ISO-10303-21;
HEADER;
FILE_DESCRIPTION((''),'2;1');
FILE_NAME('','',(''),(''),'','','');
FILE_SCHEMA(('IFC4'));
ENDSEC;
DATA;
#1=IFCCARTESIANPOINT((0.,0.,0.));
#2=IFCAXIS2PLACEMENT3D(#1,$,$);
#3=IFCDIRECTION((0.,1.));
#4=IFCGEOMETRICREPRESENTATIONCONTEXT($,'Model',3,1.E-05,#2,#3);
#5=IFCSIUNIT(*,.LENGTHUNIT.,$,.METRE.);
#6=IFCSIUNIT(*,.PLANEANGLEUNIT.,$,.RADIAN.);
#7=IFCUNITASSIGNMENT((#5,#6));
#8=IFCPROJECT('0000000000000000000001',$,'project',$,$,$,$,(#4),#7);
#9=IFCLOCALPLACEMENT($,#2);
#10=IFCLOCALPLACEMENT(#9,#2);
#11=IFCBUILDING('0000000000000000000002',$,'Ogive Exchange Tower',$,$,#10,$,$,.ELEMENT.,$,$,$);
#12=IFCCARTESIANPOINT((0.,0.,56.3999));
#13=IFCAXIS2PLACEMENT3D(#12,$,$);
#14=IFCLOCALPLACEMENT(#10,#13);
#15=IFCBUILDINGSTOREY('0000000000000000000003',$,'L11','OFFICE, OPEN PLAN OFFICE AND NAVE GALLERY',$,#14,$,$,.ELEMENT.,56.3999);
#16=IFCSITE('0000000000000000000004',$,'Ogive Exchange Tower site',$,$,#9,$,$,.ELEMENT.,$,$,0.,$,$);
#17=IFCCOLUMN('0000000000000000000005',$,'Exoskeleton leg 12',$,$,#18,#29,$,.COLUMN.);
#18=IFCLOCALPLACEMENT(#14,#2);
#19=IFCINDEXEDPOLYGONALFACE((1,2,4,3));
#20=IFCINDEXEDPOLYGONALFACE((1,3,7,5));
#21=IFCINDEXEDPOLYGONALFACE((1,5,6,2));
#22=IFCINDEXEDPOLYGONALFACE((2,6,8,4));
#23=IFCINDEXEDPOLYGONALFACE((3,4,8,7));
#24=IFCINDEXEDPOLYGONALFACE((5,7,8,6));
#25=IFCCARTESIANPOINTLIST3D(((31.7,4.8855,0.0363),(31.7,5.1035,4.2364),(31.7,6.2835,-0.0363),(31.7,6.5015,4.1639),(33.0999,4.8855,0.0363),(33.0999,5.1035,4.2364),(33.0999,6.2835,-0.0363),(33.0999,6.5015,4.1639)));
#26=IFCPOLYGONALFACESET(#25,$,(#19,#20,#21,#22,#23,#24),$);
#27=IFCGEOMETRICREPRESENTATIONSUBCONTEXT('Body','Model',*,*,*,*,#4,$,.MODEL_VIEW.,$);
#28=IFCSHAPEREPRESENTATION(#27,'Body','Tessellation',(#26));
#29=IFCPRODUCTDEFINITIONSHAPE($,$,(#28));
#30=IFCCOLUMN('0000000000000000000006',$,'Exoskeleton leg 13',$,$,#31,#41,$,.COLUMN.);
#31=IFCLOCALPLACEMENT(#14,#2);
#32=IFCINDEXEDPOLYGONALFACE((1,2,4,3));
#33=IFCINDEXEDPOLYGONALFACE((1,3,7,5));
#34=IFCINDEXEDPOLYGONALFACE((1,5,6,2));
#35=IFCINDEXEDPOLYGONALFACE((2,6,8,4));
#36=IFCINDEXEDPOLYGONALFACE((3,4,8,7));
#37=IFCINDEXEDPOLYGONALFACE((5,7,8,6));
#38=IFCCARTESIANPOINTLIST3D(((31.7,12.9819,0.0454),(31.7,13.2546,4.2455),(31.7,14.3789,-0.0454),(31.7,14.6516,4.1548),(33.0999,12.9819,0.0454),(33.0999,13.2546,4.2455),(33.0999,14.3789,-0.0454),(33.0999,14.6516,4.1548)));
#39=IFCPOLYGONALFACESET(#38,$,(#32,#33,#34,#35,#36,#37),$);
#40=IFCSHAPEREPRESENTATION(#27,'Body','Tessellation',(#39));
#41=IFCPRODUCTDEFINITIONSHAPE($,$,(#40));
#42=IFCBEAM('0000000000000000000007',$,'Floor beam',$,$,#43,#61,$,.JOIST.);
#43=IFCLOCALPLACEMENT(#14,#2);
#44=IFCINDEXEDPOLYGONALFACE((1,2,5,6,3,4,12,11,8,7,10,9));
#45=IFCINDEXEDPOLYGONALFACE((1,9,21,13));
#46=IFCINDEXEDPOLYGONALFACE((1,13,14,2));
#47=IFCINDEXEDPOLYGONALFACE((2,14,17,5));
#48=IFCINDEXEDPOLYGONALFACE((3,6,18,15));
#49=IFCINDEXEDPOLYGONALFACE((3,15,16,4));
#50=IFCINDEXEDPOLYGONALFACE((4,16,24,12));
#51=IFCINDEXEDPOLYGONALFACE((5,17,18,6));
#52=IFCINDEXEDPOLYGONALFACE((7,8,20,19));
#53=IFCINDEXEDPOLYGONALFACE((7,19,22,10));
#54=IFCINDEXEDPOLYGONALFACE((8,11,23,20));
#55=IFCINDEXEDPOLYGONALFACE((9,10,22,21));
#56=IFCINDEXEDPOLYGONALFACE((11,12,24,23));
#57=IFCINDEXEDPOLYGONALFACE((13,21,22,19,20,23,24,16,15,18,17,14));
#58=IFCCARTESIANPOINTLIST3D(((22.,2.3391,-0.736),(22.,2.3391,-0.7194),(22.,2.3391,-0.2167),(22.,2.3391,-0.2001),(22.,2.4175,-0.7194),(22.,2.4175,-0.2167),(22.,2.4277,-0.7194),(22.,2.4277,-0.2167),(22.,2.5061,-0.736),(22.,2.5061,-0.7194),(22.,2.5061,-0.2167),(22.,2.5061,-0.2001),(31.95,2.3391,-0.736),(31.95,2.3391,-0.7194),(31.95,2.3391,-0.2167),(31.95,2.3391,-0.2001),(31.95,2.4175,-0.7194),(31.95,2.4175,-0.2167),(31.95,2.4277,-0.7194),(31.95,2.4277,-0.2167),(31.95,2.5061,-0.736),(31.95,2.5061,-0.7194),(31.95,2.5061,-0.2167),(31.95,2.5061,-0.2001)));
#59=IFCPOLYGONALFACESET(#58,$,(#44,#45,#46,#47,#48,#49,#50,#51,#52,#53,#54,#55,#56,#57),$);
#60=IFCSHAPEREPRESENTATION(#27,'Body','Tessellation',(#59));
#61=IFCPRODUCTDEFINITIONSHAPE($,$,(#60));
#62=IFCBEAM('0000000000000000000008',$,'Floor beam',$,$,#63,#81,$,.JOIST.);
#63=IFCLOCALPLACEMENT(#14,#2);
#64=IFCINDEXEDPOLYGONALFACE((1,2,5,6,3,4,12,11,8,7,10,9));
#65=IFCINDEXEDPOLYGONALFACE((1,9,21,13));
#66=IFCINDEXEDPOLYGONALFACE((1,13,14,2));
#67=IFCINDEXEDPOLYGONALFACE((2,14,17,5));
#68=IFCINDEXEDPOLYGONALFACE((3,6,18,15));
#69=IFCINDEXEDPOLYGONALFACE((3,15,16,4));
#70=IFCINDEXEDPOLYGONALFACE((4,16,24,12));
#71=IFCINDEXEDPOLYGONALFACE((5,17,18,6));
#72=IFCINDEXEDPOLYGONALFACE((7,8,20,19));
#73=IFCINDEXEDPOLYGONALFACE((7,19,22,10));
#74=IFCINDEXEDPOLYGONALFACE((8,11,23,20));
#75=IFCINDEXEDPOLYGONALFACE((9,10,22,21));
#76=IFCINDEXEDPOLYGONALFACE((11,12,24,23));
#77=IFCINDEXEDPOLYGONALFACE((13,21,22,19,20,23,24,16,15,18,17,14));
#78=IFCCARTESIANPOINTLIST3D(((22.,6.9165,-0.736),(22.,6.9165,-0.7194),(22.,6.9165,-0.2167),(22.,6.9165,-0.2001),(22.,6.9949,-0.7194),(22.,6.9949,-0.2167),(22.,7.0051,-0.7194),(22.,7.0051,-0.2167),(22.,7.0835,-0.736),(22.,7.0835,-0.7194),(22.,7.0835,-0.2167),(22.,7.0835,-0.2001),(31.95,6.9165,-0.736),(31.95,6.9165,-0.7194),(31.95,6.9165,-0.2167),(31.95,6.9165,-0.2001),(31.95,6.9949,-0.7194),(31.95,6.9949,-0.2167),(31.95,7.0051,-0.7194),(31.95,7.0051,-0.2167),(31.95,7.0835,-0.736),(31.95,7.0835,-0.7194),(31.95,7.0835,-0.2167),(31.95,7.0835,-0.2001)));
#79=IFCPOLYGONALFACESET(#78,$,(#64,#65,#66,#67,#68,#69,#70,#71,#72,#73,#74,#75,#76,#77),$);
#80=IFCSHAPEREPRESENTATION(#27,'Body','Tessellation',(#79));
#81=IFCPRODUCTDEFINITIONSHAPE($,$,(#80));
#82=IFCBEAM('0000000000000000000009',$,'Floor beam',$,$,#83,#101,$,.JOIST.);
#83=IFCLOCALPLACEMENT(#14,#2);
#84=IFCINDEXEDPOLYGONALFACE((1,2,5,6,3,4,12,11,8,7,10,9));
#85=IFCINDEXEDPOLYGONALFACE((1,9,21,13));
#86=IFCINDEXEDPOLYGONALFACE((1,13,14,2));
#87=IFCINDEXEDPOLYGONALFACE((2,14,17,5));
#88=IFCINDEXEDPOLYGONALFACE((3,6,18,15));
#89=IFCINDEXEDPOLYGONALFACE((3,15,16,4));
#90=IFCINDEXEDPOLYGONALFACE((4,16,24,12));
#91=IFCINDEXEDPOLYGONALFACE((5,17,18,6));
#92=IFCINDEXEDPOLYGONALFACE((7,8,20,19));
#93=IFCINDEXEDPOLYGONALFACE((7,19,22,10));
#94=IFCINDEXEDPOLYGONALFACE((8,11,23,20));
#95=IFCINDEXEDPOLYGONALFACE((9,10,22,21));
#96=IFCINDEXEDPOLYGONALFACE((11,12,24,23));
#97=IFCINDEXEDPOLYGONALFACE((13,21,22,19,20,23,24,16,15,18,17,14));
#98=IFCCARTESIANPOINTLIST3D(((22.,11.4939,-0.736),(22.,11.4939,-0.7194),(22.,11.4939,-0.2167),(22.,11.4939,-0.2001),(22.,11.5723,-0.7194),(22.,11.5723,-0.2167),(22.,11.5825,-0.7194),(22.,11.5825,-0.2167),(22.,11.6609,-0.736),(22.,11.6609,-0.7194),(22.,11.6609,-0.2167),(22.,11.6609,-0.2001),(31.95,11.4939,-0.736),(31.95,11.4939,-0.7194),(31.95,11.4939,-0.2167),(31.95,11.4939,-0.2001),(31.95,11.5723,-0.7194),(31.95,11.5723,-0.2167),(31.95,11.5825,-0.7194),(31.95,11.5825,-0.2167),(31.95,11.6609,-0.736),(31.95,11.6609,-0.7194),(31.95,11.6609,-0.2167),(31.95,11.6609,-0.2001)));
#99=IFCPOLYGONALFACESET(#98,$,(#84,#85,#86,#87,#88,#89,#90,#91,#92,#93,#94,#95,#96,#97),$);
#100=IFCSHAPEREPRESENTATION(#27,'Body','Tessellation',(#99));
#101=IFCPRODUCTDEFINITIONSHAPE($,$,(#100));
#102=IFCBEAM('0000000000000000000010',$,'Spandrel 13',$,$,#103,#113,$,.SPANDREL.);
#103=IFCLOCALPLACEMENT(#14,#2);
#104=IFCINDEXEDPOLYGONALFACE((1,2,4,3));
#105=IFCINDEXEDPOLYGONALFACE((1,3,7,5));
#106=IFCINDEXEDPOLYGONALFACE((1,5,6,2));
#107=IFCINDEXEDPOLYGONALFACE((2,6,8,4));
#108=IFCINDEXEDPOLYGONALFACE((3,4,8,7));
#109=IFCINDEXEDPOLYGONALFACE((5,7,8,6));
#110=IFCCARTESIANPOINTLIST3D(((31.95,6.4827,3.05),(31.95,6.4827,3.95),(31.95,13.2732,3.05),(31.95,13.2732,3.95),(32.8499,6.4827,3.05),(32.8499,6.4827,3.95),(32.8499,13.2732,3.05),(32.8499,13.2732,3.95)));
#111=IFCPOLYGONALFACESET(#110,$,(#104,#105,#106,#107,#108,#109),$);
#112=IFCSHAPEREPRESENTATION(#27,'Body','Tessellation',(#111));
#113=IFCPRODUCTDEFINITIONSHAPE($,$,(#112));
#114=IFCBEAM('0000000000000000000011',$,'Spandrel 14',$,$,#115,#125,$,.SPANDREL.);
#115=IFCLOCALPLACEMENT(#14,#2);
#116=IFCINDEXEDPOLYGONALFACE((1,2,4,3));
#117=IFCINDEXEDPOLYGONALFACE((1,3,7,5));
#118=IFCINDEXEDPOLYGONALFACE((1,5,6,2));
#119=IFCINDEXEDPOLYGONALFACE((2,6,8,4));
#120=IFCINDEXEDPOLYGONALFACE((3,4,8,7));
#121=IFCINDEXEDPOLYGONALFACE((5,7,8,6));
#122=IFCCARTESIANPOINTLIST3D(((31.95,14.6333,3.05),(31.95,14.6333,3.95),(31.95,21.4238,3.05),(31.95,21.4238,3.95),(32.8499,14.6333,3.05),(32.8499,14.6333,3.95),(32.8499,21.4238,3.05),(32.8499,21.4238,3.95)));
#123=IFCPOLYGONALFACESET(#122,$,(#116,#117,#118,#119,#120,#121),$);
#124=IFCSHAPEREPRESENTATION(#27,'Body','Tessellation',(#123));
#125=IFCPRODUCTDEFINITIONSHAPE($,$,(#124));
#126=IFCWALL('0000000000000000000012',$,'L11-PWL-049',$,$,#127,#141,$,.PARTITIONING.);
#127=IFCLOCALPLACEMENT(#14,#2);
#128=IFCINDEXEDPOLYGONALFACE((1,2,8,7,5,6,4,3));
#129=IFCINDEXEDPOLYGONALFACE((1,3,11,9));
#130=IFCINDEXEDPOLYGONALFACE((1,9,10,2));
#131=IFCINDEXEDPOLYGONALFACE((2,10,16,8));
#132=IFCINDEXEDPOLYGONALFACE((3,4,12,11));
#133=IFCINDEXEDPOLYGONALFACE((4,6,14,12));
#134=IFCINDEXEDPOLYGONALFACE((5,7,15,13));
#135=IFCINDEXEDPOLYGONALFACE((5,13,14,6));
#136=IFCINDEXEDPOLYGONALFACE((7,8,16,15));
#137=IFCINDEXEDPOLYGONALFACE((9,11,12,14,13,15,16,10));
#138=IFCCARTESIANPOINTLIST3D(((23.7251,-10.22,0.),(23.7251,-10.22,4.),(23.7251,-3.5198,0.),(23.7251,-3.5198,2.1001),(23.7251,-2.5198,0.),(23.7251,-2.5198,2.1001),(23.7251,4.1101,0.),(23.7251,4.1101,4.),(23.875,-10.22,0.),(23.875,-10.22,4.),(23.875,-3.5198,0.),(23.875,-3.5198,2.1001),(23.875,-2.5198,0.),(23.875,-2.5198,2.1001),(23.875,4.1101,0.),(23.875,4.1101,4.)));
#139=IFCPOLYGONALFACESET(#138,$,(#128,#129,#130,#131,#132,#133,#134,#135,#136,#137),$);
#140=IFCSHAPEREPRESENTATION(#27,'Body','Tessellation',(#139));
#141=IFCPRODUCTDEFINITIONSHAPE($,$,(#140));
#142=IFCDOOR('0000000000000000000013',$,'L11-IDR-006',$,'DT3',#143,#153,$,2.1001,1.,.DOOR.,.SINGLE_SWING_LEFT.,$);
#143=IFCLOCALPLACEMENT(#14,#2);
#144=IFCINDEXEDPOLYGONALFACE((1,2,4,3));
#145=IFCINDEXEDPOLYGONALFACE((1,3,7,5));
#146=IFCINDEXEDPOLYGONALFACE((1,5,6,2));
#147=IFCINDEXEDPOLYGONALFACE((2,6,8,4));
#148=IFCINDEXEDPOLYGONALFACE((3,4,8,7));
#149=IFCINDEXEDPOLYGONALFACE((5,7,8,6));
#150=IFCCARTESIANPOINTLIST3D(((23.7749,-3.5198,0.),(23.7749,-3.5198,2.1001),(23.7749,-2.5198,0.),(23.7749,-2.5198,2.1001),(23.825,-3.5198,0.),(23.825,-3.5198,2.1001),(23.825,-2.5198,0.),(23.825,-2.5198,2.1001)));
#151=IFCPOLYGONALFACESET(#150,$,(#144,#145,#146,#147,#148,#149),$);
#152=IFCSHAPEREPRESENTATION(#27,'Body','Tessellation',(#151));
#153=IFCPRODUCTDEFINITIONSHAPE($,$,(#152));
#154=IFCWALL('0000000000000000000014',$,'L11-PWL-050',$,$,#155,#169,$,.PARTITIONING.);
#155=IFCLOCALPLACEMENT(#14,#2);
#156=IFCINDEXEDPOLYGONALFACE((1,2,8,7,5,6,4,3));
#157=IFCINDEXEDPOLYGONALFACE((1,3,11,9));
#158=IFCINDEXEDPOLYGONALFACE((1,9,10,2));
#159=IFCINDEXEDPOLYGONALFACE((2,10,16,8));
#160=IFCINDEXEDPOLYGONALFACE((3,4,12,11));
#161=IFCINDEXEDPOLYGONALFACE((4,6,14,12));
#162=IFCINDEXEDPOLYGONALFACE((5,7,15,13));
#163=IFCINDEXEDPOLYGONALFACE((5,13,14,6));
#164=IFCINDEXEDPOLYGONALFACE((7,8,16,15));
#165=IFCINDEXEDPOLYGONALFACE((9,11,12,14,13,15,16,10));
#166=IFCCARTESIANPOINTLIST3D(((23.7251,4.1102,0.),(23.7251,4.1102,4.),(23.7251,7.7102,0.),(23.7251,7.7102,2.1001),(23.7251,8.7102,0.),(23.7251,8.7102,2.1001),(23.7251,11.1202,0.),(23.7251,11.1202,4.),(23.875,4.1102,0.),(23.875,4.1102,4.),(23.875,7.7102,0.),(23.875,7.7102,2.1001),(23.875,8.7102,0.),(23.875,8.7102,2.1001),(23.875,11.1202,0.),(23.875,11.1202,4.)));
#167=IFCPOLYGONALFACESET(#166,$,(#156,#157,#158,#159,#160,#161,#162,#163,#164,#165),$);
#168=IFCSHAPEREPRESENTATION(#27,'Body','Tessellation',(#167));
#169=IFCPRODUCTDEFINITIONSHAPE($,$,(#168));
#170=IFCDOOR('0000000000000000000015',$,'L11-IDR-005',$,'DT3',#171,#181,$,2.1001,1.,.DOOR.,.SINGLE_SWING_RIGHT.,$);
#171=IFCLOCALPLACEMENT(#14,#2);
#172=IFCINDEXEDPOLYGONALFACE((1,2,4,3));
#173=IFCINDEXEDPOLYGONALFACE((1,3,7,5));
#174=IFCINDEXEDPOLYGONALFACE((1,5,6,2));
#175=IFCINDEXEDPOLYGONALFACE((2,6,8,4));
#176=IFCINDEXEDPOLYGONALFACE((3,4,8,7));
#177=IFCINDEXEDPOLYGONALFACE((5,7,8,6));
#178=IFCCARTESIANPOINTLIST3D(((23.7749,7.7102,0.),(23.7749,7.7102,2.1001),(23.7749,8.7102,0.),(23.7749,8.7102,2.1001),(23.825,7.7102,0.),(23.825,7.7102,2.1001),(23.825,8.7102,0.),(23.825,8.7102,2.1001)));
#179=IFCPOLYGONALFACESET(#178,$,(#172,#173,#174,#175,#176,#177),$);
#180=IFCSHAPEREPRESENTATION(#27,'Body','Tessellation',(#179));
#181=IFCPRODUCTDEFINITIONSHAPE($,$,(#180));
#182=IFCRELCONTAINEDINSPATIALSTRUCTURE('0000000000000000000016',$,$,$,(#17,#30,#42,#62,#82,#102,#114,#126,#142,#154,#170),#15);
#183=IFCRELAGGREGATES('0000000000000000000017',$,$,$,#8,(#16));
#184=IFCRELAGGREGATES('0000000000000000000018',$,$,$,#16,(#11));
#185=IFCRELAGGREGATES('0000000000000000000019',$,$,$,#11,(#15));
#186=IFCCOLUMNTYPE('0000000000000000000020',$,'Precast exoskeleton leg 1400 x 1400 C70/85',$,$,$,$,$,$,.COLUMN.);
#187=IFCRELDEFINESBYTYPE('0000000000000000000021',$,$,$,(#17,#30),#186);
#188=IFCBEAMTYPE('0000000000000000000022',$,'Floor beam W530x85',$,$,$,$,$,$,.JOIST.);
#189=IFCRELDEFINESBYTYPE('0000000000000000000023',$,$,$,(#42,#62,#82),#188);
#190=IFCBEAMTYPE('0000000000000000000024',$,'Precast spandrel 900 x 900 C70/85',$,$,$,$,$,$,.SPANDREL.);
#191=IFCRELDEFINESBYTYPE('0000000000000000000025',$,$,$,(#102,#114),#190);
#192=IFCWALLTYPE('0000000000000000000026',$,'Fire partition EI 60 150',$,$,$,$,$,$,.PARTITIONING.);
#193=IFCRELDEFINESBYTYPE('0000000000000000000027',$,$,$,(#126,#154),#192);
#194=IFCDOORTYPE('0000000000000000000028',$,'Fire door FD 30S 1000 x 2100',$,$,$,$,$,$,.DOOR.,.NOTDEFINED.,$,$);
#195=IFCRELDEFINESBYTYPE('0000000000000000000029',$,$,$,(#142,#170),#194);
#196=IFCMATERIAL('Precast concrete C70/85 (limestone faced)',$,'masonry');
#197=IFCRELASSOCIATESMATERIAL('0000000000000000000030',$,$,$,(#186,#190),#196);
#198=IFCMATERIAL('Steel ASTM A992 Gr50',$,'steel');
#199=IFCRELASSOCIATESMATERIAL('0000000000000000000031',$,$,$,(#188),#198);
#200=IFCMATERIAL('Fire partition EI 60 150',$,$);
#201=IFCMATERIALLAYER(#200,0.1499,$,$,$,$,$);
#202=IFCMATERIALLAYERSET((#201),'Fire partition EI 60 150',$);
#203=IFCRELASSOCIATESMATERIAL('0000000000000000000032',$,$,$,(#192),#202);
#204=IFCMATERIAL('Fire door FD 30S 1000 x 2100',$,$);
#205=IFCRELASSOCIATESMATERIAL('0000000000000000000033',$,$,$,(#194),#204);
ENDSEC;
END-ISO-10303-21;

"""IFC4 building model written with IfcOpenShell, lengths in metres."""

from ifc_helpers import new_model, si_unit, direction, frame, frame_2d, origin, origin_2d, place, context, subcontext, project, spatial, rectangle, i_section, extrude, material, layer, layer_set, material_profile, profile_set, type_object, element, fill, save


model = new_model("IFC4")

# Units and contexts
model_context = context("Model", 3, precision=1e-05, world=origin(), true_north=direction((0.0, 1.0)))
body_context = subcontext(model_context, "Body", "Model", "MODEL_VIEW")
ifc_project = project(units=[si_unit("LENGTHUNIT", "METRE"), si_unit("PLANEANGLEUNIT", "RADIAN")], contexts=[model_context])

# Site, building, storey
site_placement = place(None, origin())
site = spatial("IfcSite", under=ifc_project, at=site_placement, Name="Ogive Exchange Tower site", CompositionType="ELEMENT", RefElevation=0.0)
building_placement = place(site_placement, origin())
building = spatial("IfcBuilding", under=site, at=building_placement, Name="Ogive Exchange Tower", CompositionType="ELEMENT")
storey_placement = place(building_placement, frame((0.0, 0.0, 56.3999)))
storey = spatial("IfcBuildingStorey", under=building, at=storey_placement, Name="L11", Description="OFFICE, OPEN PLAN OFFICE AND NAVE GALLERY", CompositionType="ELEMENT", Elevation=56.3999)

# Columns
ifc_material_1 = material(Name="Precast concrete C70/85 (limestone faced)", Category="masonry")
ifc_material_profile_1 = material_profile(ifc_material_1, rectangle(XDim=1.3999, YDim=1.3999, at=origin_2d()), Name="1400 x 1400")
ifc_profile_set_1 = profile_set([ifc_material_profile_1], Name="Precast concrete C70/85 (limestone faced)")
column_type = type_object("IfcColumnType", Name="Precast exoskeleton leg 1400 x 1400 C70/85", PredefinedType="COLUMN", material=ifc_profile_set_1)
column_1_placement = place(storey_placement, frame((32.3999, 5.5845, 0.0), z_axis=(0.0, 0.051837, 0.998656), x_axis=(-1.0, 0.0, 0.0)))
element("IfcColumn", 1, at=column_1_placement, inside=storey, type_object=column_type, Name="Exoskeleton leg 12", PredefinedType="COLUMN", context=body_context, shape_type="SweptSolid", body=[
    extrude(rectangle(XDim=1.3999, YDim=1.3999, at=origin_2d()), origin(), (0.0, 0.0, 1.0), 4.2058),
])
column_2_placement = place(storey_placement, frame((32.3999, 13.6804, 0.0), z_axis=(0.0, 0.06479, 0.997899), x_axis=(-1.0, 0.0, 0.0)))
element("IfcColumn", 2, at=column_2_placement, inside=storey, type_object=column_type, Name="Exoskeleton leg 13", PredefinedType="COLUMN", context=body_context, shape_type="SweptSolid", body=[
    extrude(rectangle(XDim=1.3999, YDim=1.3999, at=origin_2d()), origin(), (0.0, 0.0, 1.0), 4.209),
])

# Beams
ifc_material_2 = material(Name="Steel ASTM A992 Gr50", Category="steel")
ifc_material_profile_2 = material_profile(ifc_material_2, i_section(OverallWidth=0.167, OverallDepth=0.5359, WebThickness=0.0103, FlangeThickness=0.0166, at=origin_2d()), Name="W530x85")
ifc_profile_set_2 = profile_set([ifc_material_profile_2], Name="Steel ASTM A992 Gr50")
beam_type_1 = type_object("IfcBeamType", Name="Floor beam W530x85", PredefinedType="JOIST", material=ifc_profile_set_2)
for number, where, z_axis, x_axis, name in (
    (3, (22.0, 2.4226, -0.468), (1.0, 0.0, 0.0), (0.0, 1.0, 0.0), "Floor beam"),
    (4, (22.0, 7.0, -0.468), (1.0, 0.0, 0.0), (0.0, 1.0, 0.0), "Floor beam"),
    (5, (22.0, 11.5774, -0.468), (1.0, 0.0, 0.0), (0.0, 1.0, 0.0), "Floor beam"),
):
    element("IfcBeam", number, at=place(storey_placement, frame(where, z_axis=z_axis, x_axis=x_axis)), inside=storey, type_object=beam_type_1, Name=name, PredefinedType="JOIST", context=body_context, shape_type="SweptSolid", body=[
        extrude(i_section(OverallWidth=0.167, OverallDepth=0.5359, WebThickness=0.0103, FlangeThickness=0.0166, at=origin_2d()), origin(), (0.0, 0.0, 1.0), 9.95),
    ])
ifc_material_profile_3 = material_profile(ifc_material_1, rectangle(XDim=0.8999, YDim=0.8999, at=origin_2d()), Name="900 x 900")
ifc_profile_set_3 = profile_set([ifc_material_profile_3], Name="Precast concrete C70/85 (limestone faced)")
beam_type_2 = type_object("IfcBeamType", Name="Precast spandrel 900 x 900 C70/85", PredefinedType="SPANDREL", material=ifc_profile_set_3)
for number, where, z_axis, x_axis, name in (
    (6, (32.3999, 6.4827, 3.5), (0.0, 1.0, 0.0), (-1.0, 0.0, 0.0), "Spandrel 13"),
    (7, (32.3999, 14.6333, 3.5), (0.0, 1.0, 0.0), (-1.0, 0.0, 0.0), "Spandrel 14"),
):
    element("IfcBeam", number, at=place(storey_placement, frame(where, z_axis=z_axis, x_axis=x_axis)), inside=storey, type_object=beam_type_2, Name=name, PredefinedType="SPANDREL", context=body_context, shape_type="SweptSolid", body=[
        extrude(rectangle(XDim=0.8999, YDim=0.8999, at=origin_2d()), origin(), (0.0, 0.0, 1.0), 6.7905),
    ])

# Walls, openings, doors
ifc_material_3 = material(Name="Fire partition EI 60 150")
ifc_layer_1 = layer(ifc_material_3, 0.1499)
ifc_layer_set_1 = layer_set([ifc_layer_1], Name="Fire partition EI 60 150")
wall_type_1 = type_object("IfcWallType", Name="Fire partition EI 60 150", PredefinedType="PARTITIONING", material=ifc_layer_set_1)
wall_1_placement = place(storey_placement, frame((23.8, 4.1101, 0.0), z_axis=(0.0, 0.0, 1.0), x_axis=(0.0, -1.0, 0.0)))
wall_1 = element("IfcWall", 8, at=wall_1_placement, inside=storey, type_object=wall_type_1, Name="L11-PWL-049", PredefinedType="PARTITIONING", context=body_context, shape_type="SweptSolid", body=[
    extrude(rectangle(XDim=14.3301, YDim=0.1499, at=frame_2d((7.165, 0.0))), origin(), (0.0, 0.0, 1.0), 4.0),
])
opening_1_placement = place(wall_1_placement, frame((6.6299, 0.0, 0.0)))
opening_1 = element("IfcOpeningElement", 9, at=opening_1_placement, cuts=wall_1, PredefinedType="OPENING", context=body_context, shape_type="SweptSolid", body=[
    extrude(rectangle(XDim=1.0, YDim=2.1001, at=frame_2d((0.5, 1.05))), frame((0.0, 0.085, 0.0), z_axis=(0.0, -1.0, 0.0), x_axis=(1.0, 0.0, 0.0)), (0.0, 0.0, 1.0), 0.1699),
])
ifc_material_4 = material(Name="Fire door FD 30S 1000 x 2100")
door_type_1 = type_object("IfcDoorType", Name="Fire door FD 30S 1000 x 2100", OperationType="NOTDEFINED", PredefinedType="DOOR", material=ifc_material_4)
door_1_placement = place(opening_1_placement, origin())
door_1 = element("IfcDoor", 10, at=door_1_placement, inside=storey, type_object=door_type_1, Name="L11-IDR-006", ObjectType="DT3", OperationType="SINGLE_SWING_LEFT", OverallHeight=2.1001, OverallWidth=1.0, PredefinedType="DOOR", context=body_context, shape_type="SweptSolid", body=[
    extrude(rectangle(XDim=1.0, YDim=2.1001, at=frame_2d((0.5, 1.05))), frame((0.0, 0.0249, 0.0), z_axis=(0.0, -1.0, 0.0), x_axis=(1.0, 0.0, 0.0)), (0.0, 0.0, 1.0), 0.05),
])
fill(opening_1, door_1)
wall_2_placement = place(storey_placement, frame((23.8, 11.1201, 0.0), z_axis=(0.0, 0.0, 1.0), x_axis=(0.0, -1.0, 0.0)))
wall_2 = element("IfcWall", 11, at=wall_2_placement, inside=storey, type_object=wall_type_1, Name="L11-PWL-050", PredefinedType="PARTITIONING", context=body_context, shape_type="SweptSolid", body=[
    extrude(rectangle(XDim=7.01, YDim=0.1499, at=frame_2d((3.5049, 0.0))), origin(), (0.0, 0.0, 1.0), 4.0),
])
opening_2_placement = place(wall_2_placement, frame((2.4099, 0.0, 0.0)))
opening_2 = element("IfcOpeningElement", 12, at=opening_2_placement, cuts=wall_2, PredefinedType="OPENING", context=body_context, shape_type="SweptSolid", body=[
    extrude(rectangle(XDim=1.0, YDim=2.1001, at=frame_2d((0.5, 1.05))), frame((0.0, 0.085, 0.0), z_axis=(0.0, -1.0, 0.0), x_axis=(1.0, 0.0, 0.0)), (0.0, 0.0, 1.0), 0.1699),
])
door_2_placement = place(opening_2_placement, origin())
door_2 = element("IfcDoor", 13, at=door_2_placement, inside=storey, type_object=door_type_1, Name="L11-IDR-005", ObjectType="DT3", OperationType="SINGLE_SWING_RIGHT", OverallHeight=2.1001, OverallWidth=1.0, PredefinedType="DOOR", context=body_context, shape_type="SweptSolid", body=[
    extrude(rectangle(XDim=1.0, YDim=2.1001, at=frame_2d((0.5, 1.05))), frame((0.0, 0.0249, 0.0), z_axis=(0.0, -1.0, 0.0), x_axis=(1.0, 0.0, 0.0)), (0.0, 0.0, 1.0), 0.05),
])
fill(opening_2, door_2)

save(model, "model.ifc")
